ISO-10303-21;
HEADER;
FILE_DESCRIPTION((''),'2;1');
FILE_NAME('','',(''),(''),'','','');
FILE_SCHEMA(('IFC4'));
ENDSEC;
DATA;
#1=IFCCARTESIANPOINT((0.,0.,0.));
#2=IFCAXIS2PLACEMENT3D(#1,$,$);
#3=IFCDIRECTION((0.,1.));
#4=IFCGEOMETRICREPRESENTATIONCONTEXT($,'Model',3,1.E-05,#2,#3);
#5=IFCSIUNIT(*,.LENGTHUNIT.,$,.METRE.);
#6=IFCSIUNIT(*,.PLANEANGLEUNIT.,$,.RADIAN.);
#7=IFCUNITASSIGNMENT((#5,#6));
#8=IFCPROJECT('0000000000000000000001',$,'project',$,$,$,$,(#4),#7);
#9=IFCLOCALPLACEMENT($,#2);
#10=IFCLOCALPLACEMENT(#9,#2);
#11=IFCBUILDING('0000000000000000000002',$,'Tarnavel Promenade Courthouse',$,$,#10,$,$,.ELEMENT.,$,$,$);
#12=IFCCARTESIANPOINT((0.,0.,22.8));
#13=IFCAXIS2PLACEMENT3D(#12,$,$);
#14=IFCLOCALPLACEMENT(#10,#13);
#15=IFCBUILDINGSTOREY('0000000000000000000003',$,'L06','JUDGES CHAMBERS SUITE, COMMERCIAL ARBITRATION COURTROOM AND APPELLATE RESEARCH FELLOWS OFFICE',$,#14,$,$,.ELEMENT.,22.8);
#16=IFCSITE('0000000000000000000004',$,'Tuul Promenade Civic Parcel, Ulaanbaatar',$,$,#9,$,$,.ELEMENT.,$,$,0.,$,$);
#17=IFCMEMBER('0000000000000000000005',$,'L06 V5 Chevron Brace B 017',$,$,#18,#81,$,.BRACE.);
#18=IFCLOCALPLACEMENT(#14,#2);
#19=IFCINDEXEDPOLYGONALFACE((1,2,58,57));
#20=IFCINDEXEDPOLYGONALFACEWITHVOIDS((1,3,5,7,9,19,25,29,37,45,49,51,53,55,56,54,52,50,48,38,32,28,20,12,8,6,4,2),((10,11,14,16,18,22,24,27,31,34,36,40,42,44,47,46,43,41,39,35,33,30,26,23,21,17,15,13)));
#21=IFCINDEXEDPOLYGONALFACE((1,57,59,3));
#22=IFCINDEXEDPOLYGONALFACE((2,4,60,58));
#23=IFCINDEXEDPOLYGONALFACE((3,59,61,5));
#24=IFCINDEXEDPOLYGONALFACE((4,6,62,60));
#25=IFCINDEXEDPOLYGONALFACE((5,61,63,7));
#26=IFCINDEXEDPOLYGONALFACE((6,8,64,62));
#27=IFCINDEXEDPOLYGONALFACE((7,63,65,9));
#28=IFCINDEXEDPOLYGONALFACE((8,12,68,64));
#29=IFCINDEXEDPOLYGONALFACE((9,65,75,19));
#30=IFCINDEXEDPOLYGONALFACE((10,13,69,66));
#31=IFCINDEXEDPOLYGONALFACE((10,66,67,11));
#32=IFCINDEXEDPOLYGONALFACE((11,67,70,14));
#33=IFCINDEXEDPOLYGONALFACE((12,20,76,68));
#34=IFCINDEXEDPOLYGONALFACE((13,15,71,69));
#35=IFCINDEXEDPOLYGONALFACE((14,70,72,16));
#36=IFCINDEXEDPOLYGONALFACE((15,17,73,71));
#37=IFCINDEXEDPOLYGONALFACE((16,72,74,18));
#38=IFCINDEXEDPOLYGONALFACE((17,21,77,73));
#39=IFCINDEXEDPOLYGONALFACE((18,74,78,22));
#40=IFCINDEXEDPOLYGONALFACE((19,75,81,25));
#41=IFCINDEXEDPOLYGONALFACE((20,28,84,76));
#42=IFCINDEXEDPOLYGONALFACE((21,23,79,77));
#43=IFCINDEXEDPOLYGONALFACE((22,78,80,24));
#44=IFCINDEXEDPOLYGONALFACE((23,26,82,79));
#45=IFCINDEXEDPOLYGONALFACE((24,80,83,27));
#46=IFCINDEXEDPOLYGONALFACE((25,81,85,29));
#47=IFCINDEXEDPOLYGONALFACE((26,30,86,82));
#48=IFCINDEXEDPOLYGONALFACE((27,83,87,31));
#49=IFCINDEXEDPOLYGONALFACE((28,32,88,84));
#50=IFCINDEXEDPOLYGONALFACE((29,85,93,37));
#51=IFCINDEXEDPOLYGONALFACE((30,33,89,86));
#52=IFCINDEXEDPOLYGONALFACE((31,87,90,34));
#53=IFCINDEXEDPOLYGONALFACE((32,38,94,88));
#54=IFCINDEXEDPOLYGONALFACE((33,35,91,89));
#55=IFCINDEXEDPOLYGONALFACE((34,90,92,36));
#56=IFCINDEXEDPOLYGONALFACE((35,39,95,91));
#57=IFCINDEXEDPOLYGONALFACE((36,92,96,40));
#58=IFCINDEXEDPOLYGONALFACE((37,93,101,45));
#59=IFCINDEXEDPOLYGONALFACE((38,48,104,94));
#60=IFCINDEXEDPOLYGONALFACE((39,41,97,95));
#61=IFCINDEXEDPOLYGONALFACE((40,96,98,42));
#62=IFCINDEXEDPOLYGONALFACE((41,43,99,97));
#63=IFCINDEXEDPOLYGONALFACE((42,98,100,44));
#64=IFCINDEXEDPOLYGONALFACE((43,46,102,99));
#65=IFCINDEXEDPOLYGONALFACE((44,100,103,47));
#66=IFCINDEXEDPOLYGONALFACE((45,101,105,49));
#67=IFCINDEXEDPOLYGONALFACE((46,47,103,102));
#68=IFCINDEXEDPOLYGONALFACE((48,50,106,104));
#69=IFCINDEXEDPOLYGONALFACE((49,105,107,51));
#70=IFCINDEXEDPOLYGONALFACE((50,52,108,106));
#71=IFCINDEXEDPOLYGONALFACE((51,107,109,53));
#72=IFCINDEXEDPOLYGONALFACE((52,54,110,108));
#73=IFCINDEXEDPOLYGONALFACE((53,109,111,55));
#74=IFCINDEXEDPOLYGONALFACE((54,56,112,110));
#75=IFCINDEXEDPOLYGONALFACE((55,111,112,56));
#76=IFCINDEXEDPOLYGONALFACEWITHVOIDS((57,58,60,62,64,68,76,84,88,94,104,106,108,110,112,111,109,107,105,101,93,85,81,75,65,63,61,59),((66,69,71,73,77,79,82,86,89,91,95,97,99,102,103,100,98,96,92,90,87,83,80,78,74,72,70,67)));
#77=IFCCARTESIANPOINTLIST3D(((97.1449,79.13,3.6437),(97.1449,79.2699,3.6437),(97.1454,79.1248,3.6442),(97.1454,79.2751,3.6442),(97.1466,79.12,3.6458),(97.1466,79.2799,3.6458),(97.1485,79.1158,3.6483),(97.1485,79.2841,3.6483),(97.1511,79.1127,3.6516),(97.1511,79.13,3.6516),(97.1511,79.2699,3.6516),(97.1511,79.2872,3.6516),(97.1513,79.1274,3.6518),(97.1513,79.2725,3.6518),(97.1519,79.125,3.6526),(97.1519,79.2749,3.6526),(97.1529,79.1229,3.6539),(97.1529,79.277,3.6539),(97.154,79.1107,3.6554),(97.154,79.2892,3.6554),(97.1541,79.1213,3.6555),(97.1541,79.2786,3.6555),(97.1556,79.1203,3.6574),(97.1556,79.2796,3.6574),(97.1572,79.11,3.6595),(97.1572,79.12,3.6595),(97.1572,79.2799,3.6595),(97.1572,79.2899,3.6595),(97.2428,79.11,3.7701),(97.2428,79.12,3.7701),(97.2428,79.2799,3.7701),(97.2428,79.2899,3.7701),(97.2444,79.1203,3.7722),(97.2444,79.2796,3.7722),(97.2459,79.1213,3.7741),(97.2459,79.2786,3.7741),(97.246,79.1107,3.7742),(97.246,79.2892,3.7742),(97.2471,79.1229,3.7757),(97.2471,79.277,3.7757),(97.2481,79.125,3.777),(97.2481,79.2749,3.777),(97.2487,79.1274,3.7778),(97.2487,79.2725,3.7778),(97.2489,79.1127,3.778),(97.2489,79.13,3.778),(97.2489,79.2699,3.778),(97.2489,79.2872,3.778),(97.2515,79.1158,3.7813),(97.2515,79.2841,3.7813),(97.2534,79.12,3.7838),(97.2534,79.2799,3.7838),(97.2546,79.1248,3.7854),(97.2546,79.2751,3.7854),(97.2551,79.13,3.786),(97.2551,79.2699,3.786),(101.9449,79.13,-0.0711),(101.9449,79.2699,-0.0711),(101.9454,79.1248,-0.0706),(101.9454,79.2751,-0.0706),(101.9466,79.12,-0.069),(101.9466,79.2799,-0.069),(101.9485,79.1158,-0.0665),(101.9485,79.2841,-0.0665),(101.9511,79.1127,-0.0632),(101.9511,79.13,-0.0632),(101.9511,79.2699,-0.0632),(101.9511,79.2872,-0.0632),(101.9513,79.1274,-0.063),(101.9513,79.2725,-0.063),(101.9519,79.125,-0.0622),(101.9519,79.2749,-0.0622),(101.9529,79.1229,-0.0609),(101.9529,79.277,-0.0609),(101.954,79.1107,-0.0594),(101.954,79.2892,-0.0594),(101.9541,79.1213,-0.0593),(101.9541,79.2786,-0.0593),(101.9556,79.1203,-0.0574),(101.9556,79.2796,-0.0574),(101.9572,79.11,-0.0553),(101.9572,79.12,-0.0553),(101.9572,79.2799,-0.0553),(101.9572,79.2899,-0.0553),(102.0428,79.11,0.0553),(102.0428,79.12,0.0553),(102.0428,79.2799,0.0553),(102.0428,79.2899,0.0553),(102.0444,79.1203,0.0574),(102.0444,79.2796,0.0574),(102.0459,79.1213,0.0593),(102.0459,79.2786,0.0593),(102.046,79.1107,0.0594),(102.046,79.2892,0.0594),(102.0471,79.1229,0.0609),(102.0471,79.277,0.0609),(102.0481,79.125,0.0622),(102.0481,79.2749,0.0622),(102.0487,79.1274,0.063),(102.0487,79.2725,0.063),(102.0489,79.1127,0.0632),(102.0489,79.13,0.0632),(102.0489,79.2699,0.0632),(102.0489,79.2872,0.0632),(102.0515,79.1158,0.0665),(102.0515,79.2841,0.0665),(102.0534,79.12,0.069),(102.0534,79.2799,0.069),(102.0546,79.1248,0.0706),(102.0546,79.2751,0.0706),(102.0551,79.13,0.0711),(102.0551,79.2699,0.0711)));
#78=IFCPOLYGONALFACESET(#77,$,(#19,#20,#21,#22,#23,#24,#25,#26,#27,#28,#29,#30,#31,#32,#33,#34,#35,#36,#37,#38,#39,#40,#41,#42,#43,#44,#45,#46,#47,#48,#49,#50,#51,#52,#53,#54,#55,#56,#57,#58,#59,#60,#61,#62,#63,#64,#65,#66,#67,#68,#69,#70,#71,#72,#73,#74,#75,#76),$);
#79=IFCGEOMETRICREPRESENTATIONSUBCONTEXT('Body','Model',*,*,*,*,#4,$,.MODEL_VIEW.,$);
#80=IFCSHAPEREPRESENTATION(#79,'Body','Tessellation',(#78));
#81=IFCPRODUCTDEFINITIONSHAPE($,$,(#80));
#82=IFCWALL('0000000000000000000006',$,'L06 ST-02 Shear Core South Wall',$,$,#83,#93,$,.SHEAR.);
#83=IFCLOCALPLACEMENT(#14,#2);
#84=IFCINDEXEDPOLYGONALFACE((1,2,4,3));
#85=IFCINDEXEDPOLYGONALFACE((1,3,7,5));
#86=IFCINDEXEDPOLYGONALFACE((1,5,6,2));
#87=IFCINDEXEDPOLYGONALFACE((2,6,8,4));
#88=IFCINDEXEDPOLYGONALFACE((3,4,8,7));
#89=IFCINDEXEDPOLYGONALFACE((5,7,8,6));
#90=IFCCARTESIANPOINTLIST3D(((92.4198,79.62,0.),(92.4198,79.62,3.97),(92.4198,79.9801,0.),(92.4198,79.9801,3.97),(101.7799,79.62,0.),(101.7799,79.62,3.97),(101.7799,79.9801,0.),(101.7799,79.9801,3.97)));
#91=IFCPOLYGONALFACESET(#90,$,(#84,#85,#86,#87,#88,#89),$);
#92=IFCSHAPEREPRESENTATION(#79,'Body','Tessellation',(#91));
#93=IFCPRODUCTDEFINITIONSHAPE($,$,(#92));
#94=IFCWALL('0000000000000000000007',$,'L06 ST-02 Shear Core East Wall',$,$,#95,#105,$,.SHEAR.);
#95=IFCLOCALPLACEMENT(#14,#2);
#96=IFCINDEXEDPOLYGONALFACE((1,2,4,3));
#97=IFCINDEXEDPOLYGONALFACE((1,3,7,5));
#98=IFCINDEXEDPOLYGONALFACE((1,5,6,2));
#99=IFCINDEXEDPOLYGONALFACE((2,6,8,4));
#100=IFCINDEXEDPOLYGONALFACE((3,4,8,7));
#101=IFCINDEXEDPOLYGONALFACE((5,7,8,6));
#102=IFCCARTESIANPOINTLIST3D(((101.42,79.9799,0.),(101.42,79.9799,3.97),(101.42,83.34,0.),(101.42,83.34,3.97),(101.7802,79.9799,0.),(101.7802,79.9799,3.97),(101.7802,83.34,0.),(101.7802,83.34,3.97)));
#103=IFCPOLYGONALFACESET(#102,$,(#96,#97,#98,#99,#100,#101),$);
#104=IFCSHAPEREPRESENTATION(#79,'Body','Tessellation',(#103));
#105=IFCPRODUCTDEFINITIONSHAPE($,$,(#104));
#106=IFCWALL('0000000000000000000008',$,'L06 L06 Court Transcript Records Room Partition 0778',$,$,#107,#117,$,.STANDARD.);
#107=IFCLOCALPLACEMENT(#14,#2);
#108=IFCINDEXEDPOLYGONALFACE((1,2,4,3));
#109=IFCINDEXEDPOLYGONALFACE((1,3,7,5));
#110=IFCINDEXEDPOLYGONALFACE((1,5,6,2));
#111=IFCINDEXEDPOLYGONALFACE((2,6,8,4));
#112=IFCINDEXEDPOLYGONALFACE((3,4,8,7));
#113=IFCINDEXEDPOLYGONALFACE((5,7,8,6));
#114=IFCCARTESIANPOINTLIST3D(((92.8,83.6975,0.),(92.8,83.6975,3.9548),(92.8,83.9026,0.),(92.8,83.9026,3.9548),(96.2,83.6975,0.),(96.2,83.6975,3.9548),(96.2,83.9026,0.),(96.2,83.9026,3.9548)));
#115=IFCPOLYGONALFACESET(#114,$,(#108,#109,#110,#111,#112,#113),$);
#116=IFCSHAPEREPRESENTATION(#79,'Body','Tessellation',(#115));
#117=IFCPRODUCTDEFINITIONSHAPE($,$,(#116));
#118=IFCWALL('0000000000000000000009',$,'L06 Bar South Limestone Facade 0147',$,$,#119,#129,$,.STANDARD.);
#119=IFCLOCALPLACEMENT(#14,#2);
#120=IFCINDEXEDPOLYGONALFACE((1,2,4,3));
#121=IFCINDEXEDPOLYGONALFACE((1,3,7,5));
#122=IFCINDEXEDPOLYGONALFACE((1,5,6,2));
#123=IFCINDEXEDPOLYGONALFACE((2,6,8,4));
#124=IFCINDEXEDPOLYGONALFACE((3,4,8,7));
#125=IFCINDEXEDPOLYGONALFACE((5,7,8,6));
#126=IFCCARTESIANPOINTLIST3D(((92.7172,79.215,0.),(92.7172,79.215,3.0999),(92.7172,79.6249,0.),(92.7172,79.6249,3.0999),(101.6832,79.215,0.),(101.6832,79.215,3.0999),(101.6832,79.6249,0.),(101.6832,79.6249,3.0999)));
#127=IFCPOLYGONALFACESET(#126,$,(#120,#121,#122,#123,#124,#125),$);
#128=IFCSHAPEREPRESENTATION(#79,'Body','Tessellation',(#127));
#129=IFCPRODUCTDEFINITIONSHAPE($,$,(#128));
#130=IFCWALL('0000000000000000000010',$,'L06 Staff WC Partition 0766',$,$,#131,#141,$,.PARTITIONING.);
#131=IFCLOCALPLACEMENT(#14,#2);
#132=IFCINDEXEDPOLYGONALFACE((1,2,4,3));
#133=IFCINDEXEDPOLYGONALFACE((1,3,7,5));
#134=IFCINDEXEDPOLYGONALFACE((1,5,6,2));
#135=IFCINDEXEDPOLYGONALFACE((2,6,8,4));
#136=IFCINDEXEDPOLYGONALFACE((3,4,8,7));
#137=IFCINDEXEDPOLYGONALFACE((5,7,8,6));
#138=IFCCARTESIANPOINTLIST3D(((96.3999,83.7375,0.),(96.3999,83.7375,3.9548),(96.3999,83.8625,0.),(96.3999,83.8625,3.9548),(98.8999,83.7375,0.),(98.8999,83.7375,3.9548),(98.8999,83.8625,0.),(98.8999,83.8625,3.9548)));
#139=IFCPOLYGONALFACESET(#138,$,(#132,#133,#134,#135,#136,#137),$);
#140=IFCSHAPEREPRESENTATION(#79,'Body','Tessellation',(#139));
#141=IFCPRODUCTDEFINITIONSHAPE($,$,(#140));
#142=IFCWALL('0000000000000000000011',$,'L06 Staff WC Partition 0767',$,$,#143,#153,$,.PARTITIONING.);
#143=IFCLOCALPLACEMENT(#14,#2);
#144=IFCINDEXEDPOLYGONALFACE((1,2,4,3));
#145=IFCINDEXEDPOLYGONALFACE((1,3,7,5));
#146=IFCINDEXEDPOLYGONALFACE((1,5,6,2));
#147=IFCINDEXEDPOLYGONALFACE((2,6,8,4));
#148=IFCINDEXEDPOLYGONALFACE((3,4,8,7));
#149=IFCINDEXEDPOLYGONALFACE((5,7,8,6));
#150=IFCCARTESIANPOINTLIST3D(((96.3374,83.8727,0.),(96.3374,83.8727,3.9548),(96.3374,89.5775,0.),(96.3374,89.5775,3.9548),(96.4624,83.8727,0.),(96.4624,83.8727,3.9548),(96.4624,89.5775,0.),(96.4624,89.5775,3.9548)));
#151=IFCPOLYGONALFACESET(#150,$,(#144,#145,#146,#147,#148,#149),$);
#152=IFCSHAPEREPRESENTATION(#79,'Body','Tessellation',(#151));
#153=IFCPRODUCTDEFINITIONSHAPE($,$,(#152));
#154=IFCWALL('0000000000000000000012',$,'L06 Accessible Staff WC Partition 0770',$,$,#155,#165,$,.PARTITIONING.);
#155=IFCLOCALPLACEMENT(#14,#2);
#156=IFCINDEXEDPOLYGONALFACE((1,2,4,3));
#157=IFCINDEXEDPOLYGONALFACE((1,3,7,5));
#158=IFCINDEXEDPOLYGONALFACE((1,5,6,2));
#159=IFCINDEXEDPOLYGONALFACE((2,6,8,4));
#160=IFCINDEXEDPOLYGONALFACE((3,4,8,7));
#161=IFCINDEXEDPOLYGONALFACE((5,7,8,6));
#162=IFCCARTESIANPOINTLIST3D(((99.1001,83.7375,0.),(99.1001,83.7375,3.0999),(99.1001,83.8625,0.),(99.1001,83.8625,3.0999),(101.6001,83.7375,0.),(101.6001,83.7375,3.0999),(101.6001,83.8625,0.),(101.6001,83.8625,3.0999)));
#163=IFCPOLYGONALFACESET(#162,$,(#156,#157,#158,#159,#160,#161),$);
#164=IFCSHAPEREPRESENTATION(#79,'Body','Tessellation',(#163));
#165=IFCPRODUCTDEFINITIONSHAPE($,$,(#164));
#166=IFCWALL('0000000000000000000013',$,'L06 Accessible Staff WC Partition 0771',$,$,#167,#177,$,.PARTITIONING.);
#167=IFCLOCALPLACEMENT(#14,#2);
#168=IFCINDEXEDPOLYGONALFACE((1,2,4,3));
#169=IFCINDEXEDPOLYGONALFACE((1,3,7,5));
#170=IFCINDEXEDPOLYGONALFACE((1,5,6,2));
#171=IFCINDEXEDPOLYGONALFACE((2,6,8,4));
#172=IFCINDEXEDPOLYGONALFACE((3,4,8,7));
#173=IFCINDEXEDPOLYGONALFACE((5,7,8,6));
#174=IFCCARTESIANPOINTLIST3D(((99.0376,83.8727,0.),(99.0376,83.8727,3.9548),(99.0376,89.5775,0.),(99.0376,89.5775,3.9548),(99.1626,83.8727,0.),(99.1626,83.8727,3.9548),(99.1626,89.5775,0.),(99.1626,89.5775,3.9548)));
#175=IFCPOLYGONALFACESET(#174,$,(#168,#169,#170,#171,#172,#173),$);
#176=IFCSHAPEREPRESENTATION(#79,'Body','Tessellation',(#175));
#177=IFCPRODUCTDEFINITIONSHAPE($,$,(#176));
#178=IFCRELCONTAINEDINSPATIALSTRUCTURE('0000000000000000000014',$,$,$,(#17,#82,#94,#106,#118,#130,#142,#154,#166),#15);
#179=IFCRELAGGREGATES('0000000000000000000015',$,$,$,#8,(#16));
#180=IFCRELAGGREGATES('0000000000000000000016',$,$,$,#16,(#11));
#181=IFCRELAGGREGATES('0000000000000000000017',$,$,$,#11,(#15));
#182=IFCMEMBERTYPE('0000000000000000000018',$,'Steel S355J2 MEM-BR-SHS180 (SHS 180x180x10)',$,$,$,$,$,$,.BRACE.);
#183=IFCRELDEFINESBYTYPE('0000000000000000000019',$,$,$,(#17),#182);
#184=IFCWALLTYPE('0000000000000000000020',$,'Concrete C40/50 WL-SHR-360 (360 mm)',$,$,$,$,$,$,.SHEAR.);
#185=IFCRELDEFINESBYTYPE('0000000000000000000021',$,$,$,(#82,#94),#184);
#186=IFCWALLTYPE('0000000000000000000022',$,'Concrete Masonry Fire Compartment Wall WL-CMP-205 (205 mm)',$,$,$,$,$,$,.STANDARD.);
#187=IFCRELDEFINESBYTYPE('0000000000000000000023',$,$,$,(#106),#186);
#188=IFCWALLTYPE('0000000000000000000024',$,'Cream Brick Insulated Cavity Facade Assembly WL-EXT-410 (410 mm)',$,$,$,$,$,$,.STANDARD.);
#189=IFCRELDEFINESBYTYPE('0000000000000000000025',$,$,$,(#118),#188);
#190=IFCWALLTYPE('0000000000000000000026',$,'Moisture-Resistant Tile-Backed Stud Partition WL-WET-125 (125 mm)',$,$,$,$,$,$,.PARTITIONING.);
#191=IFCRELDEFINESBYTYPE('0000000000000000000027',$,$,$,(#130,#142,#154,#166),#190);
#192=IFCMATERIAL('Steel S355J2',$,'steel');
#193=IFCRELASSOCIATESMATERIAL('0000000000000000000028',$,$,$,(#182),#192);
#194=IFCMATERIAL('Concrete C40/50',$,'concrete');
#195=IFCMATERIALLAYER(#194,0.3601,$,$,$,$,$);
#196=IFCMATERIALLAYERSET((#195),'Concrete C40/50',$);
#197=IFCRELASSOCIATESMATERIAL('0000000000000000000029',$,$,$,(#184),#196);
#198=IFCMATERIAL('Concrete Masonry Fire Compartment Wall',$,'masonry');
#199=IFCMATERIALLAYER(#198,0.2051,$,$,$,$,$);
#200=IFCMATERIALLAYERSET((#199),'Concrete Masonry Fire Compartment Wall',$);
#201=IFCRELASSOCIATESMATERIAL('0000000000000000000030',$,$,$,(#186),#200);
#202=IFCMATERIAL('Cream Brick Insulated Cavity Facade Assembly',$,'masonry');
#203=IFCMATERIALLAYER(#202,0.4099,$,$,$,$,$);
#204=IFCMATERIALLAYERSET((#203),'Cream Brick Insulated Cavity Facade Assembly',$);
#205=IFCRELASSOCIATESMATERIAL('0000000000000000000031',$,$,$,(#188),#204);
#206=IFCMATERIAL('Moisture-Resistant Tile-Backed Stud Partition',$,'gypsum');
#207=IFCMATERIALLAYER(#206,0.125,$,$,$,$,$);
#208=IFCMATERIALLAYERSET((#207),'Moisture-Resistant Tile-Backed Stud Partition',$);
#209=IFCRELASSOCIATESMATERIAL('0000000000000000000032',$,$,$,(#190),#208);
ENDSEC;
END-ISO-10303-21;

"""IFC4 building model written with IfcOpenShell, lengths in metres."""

from ifc_helpers import new_model, si_unit, direction, frame, frame_2d, origin, origin_2d, place, context, subcontext, project, spatial, rectangle, hollow_rectangle, extrude, material, layer, layer_set, material_profile, profile_set, type_object, element, save


model = new_model("IFC4")

# Units and contexts
model_context = context("Model", 3, precision=1e-05, world=origin(), true_north=direction((0.0, 1.0)))
body_context = subcontext(model_context, "Body", "Model", "MODEL_VIEW")
ifc_project = project(units=[si_unit("LENGTHUNIT", "METRE"), si_unit("PLANEANGLEUNIT", "RADIAN")], contexts=[model_context])

# Site, building, storey
site_placement = place(None, origin())
site = spatial("IfcSite", under=ifc_project, at=site_placement, Name="Tuul Promenade Civic Parcel, Ulaanbaatar", CompositionType="ELEMENT", RefElevation=0.0)
building_placement = place(site_placement, origin())
building = spatial("IfcBuilding", under=site, at=building_placement, Name="Tarnavel Promenade Courthouse", CompositionType="ELEMENT")
storey_placement = place(building_placement, frame((0.0, 0.0, 22.8)))
storey = spatial("IfcBuildingStorey", under=building, at=storey_placement, Name="L06", Description="JUDGES CHAMBERS SUITE, COMMERCIAL ARBITRATION COURTROOM AND APPELLATE RESEARCH FELLOWS OFFICE", CompositionType="ELEMENT", Elevation=22.8)

# Shared definitions
ifc_material_1 = material(Name="Concrete C40/50", Category="concrete")

# Shared definitions
ifc_material_2 = material(Name="Steel S355J2", Category="steel")

# Member
ifc_material_profile_1 = material_profile(ifc_material_2, hollow_rectangle(XDim=0.1799, YDim=0.1799, WallThickness=0.01, InnerFilletRadius=0.01, OuterFilletRadius=0.02, at=origin_2d()), Name="SHS 180x180x10")
ifc_profile_set_1 = profile_set([ifc_material_profile_1], Name="Steel S355J2")
member_type = type_object("IfcMemberType", Name="Steel S355J2 MEM-BR-SHS180 (SHS 180x180x10)", PredefinedType="BRACE", material=ifc_profile_set_1)
member_placement = place(storey_placement, frame((102.0, 79.2, 0.0), z_axis=(-0.790829, 0.0, 0.612037), x_axis=(0.0, -1.0, 0.0)))
element("IfcMember", 1, at=member_placement, inside=storey, type_object=member_type, Name="L06 V5 Chevron Brace B 017", PredefinedType="BRACE", context=body_context, shape_type="SweptSolid", body=[
    extrude(hollow_rectangle(XDim=0.1799, YDim=0.1799, WallThickness=0.01, InnerFilletRadius=0.01, OuterFilletRadius=0.02, at=origin_2d()), origin(), (0.0, 0.0, 1.0), 6.0696),
])

# Walls
ifc_layer_1 = layer(ifc_material_1, 0.3601)
ifc_layer_set_1 = layer_set([ifc_layer_1], Name="Concrete C40/50")
wall_type_1 = type_object("IfcWallType", Name="Concrete C40/50 WL-SHR-360 (360 mm)", PredefinedType="SHEAR", material=ifc_layer_set_1)
wall_1_placement = place(storey_placement, frame((101.78, 79.8, 0.0), z_axis=(0.0, 0.0, 1.0), x_axis=(-1.0, 0.0, 0.0)))
element("IfcWall", 2, at=wall_1_placement, inside=storey, type_object=wall_type_1, Name="L06 ST-02 Shear Core South Wall", PredefinedType="SHEAR", context=body_context, shape_type="SweptSolid", body=[
    extrude(rectangle(XDim=9.3601, YDim=0.3601, at=frame_2d((4.6802, 0.0))), origin(), (0.0, 0.0, 1.0), 3.97),
])
wall_2_placement = place(storey_placement, frame((101.6001, 83.3401, 0.0), z_axis=(0.0, 0.0, 1.0), x_axis=(0.0, -1.0, 0.0)))
element("IfcWall", 3, at=wall_2_placement, inside=storey, type_object=wall_type_1, Name="L06 ST-02 Shear Core East Wall", PredefinedType="SHEAR", context=body_context, shape_type="SweptSolid", body=[
    extrude(rectangle(XDim=3.3601, YDim=0.3601, at=frame_2d((1.6802, 0.0))), origin(), (0.0, 0.0, 1.0), 3.97),
])
ifc_material_3 = material(Name="Concrete Masonry Fire Compartment Wall", Category="masonry")
ifc_layer_2 = layer(ifc_material_3, 0.2051)
ifc_layer_set_2 = layer_set([ifc_layer_2], Name="Concrete Masonry Fire Compartment Wall")
wall_type_2 = type_object("IfcWallType", Name="Concrete Masonry Fire Compartment Wall WL-CMP-205 (205 mm)", PredefinedType="STANDARD", material=ifc_layer_set_2)
wall_3_placement = place(storey_placement, frame((96.2, 83.8, 0.0), z_axis=(0.0, 0.0, 1.0), x_axis=(-1.0, 0.0, 0.0)))
element("IfcWall", 4, at=wall_3_placement, inside=storey, type_object=wall_type_2, Name="L06 L06 Court Transcript Records Room Partition 0778", PredefinedType="STANDARD", context=body_context, shape_type="SweptSolid", body=[
    extrude(rectangle(XDim=3.3999, YDim=0.2051, at=frame_2d((1.7, 0.0))), origin(), (0.0, 0.0, 1.0), 3.9548),
])
ifc_material_4 = material(Name="Cream Brick Insulated Cavity Facade Assembly", Category="masonry")
ifc_layer_3 = layer(ifc_material_4, 0.4099)
ifc_layer_set_3 = layer_set([ifc_layer_3], Name="Cream Brick Insulated Cavity Facade Assembly")
wall_type_3 = type_object("IfcWallType", Name="Cream Brick Insulated Cavity Facade Assembly WL-EXT-410 (410 mm)", PredefinedType="STANDARD", material=ifc_layer_set_3)
wall_4_placement = place(storey_placement, frame((101.6831, 79.4199, 0.0), z_axis=(0.0, 0.0, 1.0), x_axis=(-1.0, 0.0, 0.0)))
element("IfcWall", 5, at=wall_4_placement, inside=storey, type_object=wall_type_3, Name="L06 Bar South Limestone Facade 0147", PredefinedType="STANDARD", context=body_context, shape_type="SweptSolid", body=[
    extrude(rectangle(XDim=8.9661, YDim=0.4099, at=frame_2d((4.4829, 0.0))), origin(), (0.0, 0.0, 1.0), 3.0999),
])
ifc_material_5 = material(Name="Moisture-Resistant Tile-Backed Stud Partition", Category="gypsum")
ifc_layer_4 = layer(ifc_material_5, 0.125)
ifc_layer_set_4 = layer_set([ifc_layer_4], Name="Moisture-Resistant Tile-Backed Stud Partition")
wall_type_4 = type_object("IfcWallType", Name="Moisture-Resistant Tile-Backed Stud Partition WL-WET-125 (125 mm)", PredefinedType="PARTITIONING", material=ifc_layer_set_4)
wall_5_placement = place(storey_placement, frame((98.8999, 83.8, 0.0), z_axis=(0.0, 0.0, 1.0), x_axis=(-1.0, 0.0, 0.0)))
element("IfcWall", 6, at=wall_5_placement, inside=storey, type_object=wall_type_4, Name="L06 Staff WC Partition 0766", PredefinedType="PARTITIONING", context=body_context, shape_type="SweptSolid", body=[
    extrude(rectangle(XDim=2.5, YDim=0.125, at=frame_2d((1.25, 0.0))), origin(), (0.0, 0.0, 1.0), 3.9548),
])
wall_6_placement = place(storey_placement, frame((96.3999, 83.8726, 0.0), z_axis=(0.0, 0.0, 1.0), x_axis=(0.0, 1.0, 0.0)))
element("IfcWall", 7, at=wall_6_placement, inside=storey, type_object=wall_type_4, Name="L06 Staff WC Partition 0767", PredefinedType="PARTITIONING", context=body_context, shape_type="SweptSolid", body=[
    extrude(rectangle(XDim=5.7048, YDim=0.125, at=frame_2d((2.8525, 0.0))), origin(), (0.0, 0.0, 1.0), 3.9548),
])
wall_7_placement = place(storey_placement, frame((101.6001, 83.8, 0.0), z_axis=(0.0, 0.0, 1.0), x_axis=(-1.0, 0.0, 0.0)))
element("IfcWall", 8, at=wall_7_placement, inside=storey, type_object=wall_type_4, Name="L06 Accessible Staff WC Partition 0770", PredefinedType="PARTITIONING", context=body_context, shape_type="SweptSolid", body=[
    extrude(rectangle(XDim=2.5, YDim=0.125, at=frame_2d((1.25, 0.0))), origin(), (0.0, 0.0, 1.0), 3.0999),
])
wall_8_placement = place(storey_placement, frame((99.1001, 83.8726, 0.0), z_axis=(0.0, 0.0, 1.0), x_axis=(0.0, 1.0, 0.0)))
element("IfcWall", 9, at=wall_8_placement, inside=storey, type_object=wall_type_4, Name="L06 Accessible Staff WC Partition 0771", PredefinedType="PARTITIONING", context=body_context, shape_type="SweptSolid", body=[
    extrude(rectangle(XDim=5.7048, YDim=0.125, at=frame_2d((2.8525, 0.0))), origin(), (0.0, 0.0, 1.0), 3.9548),
])

save(model, "model.ifc")
